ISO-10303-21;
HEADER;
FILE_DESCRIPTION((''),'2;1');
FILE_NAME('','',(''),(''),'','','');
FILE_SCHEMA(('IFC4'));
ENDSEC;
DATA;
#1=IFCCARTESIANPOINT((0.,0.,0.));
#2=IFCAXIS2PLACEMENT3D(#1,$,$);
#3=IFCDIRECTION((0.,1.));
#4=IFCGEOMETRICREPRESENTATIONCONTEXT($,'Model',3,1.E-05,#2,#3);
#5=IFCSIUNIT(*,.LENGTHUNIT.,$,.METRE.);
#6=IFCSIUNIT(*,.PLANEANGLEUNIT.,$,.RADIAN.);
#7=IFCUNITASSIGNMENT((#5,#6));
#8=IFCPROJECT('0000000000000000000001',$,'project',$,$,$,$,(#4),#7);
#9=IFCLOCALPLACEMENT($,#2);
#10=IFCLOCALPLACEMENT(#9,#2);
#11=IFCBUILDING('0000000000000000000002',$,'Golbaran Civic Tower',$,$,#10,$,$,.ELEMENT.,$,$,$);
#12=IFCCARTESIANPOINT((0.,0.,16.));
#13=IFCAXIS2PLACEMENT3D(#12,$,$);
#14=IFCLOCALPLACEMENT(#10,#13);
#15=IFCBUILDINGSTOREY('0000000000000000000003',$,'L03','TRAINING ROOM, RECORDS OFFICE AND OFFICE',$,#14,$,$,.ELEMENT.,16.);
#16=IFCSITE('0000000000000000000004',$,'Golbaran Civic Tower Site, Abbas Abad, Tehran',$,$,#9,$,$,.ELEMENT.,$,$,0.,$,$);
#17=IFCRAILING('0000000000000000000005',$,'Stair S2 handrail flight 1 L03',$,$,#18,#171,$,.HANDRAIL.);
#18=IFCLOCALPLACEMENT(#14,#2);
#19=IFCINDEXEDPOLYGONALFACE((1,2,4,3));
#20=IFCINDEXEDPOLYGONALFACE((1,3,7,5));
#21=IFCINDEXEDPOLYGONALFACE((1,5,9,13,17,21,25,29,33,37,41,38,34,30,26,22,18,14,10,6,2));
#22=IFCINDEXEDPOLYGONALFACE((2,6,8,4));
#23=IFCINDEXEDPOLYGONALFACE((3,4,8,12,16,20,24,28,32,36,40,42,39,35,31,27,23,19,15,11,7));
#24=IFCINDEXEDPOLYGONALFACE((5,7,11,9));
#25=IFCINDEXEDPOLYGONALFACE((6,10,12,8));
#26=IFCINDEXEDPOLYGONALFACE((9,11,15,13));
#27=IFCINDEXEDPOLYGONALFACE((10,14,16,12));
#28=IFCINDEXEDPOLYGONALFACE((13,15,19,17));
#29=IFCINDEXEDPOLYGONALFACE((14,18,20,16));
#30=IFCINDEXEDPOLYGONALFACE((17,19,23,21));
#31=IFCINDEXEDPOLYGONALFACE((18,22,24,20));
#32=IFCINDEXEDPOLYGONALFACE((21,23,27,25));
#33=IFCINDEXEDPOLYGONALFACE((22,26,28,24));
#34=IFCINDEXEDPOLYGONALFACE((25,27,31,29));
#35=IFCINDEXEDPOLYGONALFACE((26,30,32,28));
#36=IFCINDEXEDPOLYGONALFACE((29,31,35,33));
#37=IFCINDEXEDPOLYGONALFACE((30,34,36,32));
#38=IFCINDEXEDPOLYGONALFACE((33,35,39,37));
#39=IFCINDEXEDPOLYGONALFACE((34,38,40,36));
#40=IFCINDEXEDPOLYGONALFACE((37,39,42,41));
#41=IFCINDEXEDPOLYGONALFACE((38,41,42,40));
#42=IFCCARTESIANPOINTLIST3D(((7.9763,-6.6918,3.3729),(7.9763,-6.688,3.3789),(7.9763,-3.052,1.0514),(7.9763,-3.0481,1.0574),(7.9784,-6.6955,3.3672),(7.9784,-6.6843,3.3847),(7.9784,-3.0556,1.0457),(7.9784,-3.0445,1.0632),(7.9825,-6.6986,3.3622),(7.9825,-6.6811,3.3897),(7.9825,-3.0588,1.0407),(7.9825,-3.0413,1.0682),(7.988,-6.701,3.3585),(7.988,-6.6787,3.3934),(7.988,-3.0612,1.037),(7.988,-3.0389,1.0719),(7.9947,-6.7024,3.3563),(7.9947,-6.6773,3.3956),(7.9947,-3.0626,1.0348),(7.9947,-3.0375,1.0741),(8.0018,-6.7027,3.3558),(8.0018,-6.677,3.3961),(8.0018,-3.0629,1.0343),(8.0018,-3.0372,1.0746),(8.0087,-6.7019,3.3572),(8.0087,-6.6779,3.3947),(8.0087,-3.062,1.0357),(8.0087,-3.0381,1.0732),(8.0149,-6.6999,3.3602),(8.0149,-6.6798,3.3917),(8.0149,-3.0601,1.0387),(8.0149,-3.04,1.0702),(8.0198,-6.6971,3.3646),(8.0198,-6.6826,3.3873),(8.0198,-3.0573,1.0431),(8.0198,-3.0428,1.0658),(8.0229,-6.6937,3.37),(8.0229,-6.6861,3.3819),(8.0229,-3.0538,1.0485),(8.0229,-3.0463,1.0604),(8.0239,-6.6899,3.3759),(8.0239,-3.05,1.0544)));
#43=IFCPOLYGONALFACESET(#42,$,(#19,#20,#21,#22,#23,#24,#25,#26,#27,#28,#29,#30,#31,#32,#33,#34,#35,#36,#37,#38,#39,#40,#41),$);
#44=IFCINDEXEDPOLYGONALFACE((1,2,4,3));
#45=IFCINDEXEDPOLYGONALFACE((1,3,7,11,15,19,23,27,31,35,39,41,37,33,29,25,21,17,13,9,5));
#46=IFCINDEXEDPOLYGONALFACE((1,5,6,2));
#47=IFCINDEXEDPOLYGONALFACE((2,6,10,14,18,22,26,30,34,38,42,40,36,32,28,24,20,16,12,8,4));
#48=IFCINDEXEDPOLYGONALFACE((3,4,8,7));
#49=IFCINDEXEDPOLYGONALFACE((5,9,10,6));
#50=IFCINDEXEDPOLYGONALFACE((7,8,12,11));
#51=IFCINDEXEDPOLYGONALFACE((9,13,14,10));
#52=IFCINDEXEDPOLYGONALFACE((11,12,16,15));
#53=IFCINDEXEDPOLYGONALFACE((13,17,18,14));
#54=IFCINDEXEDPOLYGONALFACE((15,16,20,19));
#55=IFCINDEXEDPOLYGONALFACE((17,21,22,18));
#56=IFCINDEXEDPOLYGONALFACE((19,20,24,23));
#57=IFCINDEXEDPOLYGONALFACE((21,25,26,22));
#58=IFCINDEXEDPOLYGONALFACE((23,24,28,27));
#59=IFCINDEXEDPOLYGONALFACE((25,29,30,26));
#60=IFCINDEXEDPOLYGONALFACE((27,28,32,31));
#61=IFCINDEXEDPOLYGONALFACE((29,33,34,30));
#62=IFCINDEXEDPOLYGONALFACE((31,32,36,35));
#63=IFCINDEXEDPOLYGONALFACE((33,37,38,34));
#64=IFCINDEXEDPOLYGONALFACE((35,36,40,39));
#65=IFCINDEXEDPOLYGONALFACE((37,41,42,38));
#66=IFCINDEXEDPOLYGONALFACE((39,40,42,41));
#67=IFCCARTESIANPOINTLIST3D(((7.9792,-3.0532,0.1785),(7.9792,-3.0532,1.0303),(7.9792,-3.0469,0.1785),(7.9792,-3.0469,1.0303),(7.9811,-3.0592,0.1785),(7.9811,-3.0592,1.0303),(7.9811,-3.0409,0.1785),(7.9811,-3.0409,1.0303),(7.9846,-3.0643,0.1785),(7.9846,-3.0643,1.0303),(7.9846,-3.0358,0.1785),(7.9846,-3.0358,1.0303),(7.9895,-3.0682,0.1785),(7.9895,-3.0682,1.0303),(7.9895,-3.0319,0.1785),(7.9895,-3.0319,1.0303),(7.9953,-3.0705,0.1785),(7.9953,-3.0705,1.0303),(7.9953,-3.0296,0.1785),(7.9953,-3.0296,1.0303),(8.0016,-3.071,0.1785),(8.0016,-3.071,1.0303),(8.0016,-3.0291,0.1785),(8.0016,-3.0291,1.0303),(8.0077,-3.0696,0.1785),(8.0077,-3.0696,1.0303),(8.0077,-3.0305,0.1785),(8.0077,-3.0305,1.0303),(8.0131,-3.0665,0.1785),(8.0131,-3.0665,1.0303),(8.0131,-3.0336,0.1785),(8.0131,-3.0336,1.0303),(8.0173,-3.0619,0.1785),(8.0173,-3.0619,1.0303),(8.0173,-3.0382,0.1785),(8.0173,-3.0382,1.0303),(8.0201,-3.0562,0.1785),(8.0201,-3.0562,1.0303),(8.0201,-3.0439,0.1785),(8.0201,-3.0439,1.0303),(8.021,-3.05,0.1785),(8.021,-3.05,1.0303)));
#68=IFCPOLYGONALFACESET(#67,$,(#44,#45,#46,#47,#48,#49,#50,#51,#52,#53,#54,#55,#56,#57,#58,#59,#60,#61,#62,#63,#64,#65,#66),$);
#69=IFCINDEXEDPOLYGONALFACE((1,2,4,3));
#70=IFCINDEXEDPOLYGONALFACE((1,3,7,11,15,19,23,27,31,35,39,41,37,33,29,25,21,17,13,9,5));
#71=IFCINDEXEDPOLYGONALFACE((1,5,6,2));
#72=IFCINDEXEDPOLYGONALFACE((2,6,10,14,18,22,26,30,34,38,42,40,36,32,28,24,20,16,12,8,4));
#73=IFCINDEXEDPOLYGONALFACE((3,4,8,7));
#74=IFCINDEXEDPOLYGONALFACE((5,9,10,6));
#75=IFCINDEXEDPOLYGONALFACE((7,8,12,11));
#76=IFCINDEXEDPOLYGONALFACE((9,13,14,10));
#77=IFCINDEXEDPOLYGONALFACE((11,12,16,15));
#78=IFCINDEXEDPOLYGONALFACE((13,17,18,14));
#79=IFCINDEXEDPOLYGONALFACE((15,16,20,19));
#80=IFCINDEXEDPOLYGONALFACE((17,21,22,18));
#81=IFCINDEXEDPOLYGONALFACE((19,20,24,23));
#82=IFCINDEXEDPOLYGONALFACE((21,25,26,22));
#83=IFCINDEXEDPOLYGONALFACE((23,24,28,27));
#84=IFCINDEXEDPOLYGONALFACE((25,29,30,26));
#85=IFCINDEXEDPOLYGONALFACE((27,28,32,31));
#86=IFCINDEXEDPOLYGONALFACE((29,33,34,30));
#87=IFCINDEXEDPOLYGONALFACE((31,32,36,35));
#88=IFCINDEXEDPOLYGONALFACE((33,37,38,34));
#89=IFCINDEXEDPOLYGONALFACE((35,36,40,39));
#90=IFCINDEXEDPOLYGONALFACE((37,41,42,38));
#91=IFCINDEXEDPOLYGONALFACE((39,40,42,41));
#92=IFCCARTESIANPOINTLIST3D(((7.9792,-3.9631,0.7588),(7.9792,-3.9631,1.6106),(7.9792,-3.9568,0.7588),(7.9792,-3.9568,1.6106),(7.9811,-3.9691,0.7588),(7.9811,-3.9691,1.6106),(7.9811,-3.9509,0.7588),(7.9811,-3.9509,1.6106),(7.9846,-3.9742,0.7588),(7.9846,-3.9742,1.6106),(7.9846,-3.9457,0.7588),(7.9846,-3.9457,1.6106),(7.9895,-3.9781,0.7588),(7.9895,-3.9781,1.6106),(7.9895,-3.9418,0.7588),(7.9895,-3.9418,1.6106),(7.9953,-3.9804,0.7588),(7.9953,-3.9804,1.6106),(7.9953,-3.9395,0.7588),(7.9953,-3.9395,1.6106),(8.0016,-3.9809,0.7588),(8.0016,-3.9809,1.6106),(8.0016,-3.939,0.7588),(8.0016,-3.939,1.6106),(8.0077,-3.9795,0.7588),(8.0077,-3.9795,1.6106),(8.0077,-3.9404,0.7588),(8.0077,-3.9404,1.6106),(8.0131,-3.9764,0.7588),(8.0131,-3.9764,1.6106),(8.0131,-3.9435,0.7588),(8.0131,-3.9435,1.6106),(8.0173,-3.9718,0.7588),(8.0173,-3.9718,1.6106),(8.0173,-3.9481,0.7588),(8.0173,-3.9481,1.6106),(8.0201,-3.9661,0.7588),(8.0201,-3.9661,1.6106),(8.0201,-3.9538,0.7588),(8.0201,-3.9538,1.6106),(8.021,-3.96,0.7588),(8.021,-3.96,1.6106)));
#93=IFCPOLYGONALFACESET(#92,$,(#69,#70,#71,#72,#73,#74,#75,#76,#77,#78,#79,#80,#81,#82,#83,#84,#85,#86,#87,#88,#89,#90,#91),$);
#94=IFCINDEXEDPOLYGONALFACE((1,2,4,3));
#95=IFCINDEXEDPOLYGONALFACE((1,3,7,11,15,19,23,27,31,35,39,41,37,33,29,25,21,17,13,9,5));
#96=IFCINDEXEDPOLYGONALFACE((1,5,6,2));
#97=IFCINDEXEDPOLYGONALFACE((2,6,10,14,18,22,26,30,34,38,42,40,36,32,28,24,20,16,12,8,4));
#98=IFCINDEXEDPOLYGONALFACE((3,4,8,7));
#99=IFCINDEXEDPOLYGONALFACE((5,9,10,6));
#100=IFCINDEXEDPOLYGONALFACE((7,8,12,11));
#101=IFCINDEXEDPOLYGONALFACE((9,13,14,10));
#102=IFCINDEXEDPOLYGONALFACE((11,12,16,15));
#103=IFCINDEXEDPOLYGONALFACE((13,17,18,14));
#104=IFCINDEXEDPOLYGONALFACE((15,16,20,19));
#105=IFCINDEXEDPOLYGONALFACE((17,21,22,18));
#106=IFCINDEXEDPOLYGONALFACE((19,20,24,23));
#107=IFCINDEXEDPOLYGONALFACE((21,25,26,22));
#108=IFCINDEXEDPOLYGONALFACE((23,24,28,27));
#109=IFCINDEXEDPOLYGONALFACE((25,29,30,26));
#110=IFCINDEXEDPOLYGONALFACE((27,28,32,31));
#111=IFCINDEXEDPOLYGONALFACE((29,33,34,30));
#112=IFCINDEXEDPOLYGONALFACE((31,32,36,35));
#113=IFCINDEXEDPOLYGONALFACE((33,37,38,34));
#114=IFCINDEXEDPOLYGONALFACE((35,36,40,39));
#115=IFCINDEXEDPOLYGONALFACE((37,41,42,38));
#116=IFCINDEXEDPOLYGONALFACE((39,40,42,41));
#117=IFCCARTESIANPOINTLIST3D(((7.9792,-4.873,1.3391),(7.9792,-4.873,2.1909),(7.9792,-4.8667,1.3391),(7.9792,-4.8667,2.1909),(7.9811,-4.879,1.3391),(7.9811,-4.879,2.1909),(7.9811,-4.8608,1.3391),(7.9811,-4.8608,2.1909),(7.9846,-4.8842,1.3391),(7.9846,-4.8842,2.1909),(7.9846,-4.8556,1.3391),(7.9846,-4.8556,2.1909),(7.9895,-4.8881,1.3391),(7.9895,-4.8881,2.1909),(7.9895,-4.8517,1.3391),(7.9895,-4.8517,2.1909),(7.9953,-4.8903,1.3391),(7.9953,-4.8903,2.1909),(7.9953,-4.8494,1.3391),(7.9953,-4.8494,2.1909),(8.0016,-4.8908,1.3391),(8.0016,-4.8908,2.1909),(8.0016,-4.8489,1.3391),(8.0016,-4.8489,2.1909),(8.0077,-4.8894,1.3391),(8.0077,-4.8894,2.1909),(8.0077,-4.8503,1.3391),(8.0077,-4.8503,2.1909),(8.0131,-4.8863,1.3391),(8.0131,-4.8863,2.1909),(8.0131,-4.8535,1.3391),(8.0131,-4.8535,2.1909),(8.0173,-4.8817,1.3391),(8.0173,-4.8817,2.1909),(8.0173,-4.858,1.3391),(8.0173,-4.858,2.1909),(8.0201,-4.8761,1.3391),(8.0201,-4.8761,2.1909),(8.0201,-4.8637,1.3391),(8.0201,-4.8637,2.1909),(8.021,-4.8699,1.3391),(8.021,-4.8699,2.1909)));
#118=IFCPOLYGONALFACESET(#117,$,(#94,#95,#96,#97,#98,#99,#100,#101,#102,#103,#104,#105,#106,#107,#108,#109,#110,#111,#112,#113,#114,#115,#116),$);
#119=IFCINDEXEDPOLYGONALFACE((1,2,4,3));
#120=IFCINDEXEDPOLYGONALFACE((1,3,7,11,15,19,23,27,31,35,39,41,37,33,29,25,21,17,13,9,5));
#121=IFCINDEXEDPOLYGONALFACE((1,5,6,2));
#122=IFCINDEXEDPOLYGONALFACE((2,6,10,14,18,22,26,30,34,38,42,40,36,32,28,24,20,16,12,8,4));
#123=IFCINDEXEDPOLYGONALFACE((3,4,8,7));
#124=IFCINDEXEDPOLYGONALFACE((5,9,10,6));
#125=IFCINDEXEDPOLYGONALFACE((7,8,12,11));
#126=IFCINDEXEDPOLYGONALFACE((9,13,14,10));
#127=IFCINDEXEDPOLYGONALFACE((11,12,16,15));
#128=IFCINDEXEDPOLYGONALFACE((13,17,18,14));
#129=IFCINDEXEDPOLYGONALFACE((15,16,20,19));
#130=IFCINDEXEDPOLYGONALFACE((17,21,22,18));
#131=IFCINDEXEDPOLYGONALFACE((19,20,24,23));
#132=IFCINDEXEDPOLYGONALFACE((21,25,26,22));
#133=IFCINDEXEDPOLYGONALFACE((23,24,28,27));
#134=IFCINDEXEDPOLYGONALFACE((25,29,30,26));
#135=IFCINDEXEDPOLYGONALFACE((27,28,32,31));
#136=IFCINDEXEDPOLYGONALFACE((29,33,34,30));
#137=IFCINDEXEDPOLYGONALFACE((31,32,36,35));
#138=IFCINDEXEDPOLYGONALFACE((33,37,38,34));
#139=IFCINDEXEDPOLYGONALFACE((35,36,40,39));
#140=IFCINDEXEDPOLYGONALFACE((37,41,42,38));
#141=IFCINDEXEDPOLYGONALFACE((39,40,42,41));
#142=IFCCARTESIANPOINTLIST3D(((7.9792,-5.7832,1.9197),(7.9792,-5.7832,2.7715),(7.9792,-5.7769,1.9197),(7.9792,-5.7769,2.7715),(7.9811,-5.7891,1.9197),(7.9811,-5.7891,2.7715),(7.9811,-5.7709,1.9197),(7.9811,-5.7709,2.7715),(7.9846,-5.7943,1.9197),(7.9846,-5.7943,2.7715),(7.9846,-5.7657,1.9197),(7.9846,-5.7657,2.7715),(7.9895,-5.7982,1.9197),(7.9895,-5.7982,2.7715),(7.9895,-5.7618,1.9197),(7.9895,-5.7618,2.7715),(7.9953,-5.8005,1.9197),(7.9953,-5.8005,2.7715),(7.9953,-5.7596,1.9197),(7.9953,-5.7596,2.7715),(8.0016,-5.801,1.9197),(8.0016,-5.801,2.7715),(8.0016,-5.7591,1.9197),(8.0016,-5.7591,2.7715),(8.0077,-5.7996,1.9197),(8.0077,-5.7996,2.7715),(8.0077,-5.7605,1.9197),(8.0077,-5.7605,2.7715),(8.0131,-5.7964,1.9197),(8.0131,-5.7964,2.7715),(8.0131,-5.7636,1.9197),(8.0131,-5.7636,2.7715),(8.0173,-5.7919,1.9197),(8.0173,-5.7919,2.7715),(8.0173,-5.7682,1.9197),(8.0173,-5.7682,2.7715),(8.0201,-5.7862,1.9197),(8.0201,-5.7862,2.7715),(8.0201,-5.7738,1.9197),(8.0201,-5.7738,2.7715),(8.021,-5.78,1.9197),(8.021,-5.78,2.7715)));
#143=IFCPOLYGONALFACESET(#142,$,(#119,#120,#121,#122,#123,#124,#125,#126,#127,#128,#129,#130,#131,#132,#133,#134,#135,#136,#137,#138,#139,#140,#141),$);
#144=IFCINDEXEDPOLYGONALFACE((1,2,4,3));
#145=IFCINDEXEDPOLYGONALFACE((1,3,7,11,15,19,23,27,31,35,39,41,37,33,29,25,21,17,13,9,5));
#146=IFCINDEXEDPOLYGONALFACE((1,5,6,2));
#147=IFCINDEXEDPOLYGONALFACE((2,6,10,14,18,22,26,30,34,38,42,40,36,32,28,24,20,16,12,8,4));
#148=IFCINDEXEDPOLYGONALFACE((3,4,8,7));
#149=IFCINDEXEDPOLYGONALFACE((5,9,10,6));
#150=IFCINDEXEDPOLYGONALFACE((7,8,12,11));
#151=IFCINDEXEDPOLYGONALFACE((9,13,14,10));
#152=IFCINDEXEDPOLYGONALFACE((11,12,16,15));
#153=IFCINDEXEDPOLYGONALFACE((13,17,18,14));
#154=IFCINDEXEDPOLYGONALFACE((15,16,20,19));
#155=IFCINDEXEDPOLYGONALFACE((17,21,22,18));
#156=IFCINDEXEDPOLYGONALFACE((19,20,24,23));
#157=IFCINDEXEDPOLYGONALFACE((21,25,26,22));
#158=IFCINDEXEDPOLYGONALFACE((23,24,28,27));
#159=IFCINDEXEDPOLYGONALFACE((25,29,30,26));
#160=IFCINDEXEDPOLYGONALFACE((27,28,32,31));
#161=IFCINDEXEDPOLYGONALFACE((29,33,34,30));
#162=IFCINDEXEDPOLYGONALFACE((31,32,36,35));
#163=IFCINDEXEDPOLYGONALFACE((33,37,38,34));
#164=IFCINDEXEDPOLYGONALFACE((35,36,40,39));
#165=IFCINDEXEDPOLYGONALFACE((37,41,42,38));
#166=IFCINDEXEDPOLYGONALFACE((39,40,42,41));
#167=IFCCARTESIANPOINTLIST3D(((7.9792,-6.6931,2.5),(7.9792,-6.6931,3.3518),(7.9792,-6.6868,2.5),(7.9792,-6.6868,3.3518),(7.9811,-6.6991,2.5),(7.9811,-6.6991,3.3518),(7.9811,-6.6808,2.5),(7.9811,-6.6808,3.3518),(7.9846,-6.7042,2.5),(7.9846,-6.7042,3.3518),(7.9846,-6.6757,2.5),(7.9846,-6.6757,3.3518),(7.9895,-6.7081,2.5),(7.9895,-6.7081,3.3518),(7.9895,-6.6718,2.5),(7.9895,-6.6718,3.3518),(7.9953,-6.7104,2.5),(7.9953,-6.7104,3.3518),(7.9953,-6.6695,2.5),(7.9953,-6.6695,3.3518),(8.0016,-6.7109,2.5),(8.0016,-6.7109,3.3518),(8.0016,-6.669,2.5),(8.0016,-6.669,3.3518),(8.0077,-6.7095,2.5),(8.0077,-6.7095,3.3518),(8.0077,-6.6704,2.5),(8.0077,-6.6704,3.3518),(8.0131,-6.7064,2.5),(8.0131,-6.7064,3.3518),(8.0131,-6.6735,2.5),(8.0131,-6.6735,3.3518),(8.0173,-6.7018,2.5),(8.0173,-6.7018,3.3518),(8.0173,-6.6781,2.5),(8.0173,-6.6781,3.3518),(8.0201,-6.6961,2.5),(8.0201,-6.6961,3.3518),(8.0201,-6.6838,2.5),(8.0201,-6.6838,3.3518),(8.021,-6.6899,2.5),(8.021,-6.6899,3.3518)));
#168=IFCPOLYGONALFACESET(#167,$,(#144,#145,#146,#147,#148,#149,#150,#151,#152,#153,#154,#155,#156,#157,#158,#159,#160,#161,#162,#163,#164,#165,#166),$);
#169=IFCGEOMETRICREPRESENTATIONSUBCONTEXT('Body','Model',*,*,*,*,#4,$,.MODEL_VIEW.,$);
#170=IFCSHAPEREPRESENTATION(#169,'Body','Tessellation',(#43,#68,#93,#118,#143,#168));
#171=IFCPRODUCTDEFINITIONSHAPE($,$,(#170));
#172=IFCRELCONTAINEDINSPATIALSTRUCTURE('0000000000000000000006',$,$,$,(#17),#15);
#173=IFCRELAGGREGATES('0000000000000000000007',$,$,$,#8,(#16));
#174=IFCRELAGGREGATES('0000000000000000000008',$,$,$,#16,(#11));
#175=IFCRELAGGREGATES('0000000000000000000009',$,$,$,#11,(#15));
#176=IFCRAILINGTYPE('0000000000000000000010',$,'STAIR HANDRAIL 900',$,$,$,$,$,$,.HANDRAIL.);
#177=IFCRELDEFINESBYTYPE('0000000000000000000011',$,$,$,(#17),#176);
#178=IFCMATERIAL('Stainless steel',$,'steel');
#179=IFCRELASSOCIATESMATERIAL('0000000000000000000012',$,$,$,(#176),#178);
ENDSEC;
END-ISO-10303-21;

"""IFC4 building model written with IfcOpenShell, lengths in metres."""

from ifc_helpers import new_model, si_unit, direction, frame, origin, origin_2d, place, context, subcontext, project, spatial, circle, extrude, material, type_object, element, save


model = new_model("IFC4")

# Units and contexts
model_context = context("Model", 3, precision=1e-05, world=origin(), true_north=direction((0.0, 1.0)))
body_context = subcontext(model_context, "Body", "Model", "MODEL_VIEW")
ifc_project = project(units=[si_unit("LENGTHUNIT", "METRE"), si_unit("PLANEANGLEUNIT", "RADIAN")], contexts=[model_context])

# Site, building, storey
site_placement = place(None, origin())
site = spatial("IfcSite", under=ifc_project, at=site_placement, Name="Golbaran Civic Tower Site, Abbas Abad, Tehran", CompositionType="ELEMENT", RefElevation=0.0)
building_placement = place(site_placement, origin())
building = spatial("IfcBuilding", under=site, at=building_placement, Name="Golbaran Civic Tower", CompositionType="ELEMENT")
storey_placement = place(building_placement, frame((0.0, 0.0, 16.0)))
storey = spatial("IfcBuildingStorey", under=building, at=storey_placement, Name="L03", Description="TRAINING ROOM, RECORDS OFFICE AND OFFICE", CompositionType="ELEMENT", Elevation=16.0)

# Shared definitions
ifc_material_1 = material(Name="Stainless steel", Category="steel")

# Railing
railing_type = type_object("IfcRailingType", Name="STAIR HANDRAIL 900", PredefinedType="HANDRAIL", material=ifc_material_1)
railing_1_placement = place(storey_placement, frame((8.0, -3.05, 0.1785)))
element("IfcRailing", 1, at=railing_1_placement, inside=storey, type_object=railing_type, Name="Stair S2 handrail flight 1 L03", PredefinedType="HANDRAIL", context=body_context, shape_type="SweptSolid", body=[
    extrude(circle(Radius=0.0239, at=origin_2d()), frame((0.0, 0.0, 0.876), z_axis=(0.0, -0.843112, 0.537739), x_axis=(1.0, 0.0, 0.0)), (0.0, 0.0, 1.0), 4.3171),
    extrude(circle(Radius=0.021, at=origin_2d()), origin(), (0.0, 0.0, 1.0), 0.8518),
    extrude(circle(Radius=0.021, at=origin_2d()), frame((0.0, -0.9099, 0.5803)), (0.0, 0.0, 1.0), 0.8518),
    extrude(circle(Radius=0.021, at=origin_2d()), frame((0.0, -1.8198, 1.1606)), (0.0, 0.0, 1.0), 0.8518),
    extrude(circle(Radius=0.021, at=origin_2d()), frame((0.0, -2.73, 1.7412)), (0.0, 0.0, 1.0), 0.8518),
    extrude(circle(Radius=0.021, at=origin_2d()), frame((0.0, -3.6399, 2.3215)), (0.0, 0.0, 1.0), 0.8518),
])

save(model, "model.ifc")
